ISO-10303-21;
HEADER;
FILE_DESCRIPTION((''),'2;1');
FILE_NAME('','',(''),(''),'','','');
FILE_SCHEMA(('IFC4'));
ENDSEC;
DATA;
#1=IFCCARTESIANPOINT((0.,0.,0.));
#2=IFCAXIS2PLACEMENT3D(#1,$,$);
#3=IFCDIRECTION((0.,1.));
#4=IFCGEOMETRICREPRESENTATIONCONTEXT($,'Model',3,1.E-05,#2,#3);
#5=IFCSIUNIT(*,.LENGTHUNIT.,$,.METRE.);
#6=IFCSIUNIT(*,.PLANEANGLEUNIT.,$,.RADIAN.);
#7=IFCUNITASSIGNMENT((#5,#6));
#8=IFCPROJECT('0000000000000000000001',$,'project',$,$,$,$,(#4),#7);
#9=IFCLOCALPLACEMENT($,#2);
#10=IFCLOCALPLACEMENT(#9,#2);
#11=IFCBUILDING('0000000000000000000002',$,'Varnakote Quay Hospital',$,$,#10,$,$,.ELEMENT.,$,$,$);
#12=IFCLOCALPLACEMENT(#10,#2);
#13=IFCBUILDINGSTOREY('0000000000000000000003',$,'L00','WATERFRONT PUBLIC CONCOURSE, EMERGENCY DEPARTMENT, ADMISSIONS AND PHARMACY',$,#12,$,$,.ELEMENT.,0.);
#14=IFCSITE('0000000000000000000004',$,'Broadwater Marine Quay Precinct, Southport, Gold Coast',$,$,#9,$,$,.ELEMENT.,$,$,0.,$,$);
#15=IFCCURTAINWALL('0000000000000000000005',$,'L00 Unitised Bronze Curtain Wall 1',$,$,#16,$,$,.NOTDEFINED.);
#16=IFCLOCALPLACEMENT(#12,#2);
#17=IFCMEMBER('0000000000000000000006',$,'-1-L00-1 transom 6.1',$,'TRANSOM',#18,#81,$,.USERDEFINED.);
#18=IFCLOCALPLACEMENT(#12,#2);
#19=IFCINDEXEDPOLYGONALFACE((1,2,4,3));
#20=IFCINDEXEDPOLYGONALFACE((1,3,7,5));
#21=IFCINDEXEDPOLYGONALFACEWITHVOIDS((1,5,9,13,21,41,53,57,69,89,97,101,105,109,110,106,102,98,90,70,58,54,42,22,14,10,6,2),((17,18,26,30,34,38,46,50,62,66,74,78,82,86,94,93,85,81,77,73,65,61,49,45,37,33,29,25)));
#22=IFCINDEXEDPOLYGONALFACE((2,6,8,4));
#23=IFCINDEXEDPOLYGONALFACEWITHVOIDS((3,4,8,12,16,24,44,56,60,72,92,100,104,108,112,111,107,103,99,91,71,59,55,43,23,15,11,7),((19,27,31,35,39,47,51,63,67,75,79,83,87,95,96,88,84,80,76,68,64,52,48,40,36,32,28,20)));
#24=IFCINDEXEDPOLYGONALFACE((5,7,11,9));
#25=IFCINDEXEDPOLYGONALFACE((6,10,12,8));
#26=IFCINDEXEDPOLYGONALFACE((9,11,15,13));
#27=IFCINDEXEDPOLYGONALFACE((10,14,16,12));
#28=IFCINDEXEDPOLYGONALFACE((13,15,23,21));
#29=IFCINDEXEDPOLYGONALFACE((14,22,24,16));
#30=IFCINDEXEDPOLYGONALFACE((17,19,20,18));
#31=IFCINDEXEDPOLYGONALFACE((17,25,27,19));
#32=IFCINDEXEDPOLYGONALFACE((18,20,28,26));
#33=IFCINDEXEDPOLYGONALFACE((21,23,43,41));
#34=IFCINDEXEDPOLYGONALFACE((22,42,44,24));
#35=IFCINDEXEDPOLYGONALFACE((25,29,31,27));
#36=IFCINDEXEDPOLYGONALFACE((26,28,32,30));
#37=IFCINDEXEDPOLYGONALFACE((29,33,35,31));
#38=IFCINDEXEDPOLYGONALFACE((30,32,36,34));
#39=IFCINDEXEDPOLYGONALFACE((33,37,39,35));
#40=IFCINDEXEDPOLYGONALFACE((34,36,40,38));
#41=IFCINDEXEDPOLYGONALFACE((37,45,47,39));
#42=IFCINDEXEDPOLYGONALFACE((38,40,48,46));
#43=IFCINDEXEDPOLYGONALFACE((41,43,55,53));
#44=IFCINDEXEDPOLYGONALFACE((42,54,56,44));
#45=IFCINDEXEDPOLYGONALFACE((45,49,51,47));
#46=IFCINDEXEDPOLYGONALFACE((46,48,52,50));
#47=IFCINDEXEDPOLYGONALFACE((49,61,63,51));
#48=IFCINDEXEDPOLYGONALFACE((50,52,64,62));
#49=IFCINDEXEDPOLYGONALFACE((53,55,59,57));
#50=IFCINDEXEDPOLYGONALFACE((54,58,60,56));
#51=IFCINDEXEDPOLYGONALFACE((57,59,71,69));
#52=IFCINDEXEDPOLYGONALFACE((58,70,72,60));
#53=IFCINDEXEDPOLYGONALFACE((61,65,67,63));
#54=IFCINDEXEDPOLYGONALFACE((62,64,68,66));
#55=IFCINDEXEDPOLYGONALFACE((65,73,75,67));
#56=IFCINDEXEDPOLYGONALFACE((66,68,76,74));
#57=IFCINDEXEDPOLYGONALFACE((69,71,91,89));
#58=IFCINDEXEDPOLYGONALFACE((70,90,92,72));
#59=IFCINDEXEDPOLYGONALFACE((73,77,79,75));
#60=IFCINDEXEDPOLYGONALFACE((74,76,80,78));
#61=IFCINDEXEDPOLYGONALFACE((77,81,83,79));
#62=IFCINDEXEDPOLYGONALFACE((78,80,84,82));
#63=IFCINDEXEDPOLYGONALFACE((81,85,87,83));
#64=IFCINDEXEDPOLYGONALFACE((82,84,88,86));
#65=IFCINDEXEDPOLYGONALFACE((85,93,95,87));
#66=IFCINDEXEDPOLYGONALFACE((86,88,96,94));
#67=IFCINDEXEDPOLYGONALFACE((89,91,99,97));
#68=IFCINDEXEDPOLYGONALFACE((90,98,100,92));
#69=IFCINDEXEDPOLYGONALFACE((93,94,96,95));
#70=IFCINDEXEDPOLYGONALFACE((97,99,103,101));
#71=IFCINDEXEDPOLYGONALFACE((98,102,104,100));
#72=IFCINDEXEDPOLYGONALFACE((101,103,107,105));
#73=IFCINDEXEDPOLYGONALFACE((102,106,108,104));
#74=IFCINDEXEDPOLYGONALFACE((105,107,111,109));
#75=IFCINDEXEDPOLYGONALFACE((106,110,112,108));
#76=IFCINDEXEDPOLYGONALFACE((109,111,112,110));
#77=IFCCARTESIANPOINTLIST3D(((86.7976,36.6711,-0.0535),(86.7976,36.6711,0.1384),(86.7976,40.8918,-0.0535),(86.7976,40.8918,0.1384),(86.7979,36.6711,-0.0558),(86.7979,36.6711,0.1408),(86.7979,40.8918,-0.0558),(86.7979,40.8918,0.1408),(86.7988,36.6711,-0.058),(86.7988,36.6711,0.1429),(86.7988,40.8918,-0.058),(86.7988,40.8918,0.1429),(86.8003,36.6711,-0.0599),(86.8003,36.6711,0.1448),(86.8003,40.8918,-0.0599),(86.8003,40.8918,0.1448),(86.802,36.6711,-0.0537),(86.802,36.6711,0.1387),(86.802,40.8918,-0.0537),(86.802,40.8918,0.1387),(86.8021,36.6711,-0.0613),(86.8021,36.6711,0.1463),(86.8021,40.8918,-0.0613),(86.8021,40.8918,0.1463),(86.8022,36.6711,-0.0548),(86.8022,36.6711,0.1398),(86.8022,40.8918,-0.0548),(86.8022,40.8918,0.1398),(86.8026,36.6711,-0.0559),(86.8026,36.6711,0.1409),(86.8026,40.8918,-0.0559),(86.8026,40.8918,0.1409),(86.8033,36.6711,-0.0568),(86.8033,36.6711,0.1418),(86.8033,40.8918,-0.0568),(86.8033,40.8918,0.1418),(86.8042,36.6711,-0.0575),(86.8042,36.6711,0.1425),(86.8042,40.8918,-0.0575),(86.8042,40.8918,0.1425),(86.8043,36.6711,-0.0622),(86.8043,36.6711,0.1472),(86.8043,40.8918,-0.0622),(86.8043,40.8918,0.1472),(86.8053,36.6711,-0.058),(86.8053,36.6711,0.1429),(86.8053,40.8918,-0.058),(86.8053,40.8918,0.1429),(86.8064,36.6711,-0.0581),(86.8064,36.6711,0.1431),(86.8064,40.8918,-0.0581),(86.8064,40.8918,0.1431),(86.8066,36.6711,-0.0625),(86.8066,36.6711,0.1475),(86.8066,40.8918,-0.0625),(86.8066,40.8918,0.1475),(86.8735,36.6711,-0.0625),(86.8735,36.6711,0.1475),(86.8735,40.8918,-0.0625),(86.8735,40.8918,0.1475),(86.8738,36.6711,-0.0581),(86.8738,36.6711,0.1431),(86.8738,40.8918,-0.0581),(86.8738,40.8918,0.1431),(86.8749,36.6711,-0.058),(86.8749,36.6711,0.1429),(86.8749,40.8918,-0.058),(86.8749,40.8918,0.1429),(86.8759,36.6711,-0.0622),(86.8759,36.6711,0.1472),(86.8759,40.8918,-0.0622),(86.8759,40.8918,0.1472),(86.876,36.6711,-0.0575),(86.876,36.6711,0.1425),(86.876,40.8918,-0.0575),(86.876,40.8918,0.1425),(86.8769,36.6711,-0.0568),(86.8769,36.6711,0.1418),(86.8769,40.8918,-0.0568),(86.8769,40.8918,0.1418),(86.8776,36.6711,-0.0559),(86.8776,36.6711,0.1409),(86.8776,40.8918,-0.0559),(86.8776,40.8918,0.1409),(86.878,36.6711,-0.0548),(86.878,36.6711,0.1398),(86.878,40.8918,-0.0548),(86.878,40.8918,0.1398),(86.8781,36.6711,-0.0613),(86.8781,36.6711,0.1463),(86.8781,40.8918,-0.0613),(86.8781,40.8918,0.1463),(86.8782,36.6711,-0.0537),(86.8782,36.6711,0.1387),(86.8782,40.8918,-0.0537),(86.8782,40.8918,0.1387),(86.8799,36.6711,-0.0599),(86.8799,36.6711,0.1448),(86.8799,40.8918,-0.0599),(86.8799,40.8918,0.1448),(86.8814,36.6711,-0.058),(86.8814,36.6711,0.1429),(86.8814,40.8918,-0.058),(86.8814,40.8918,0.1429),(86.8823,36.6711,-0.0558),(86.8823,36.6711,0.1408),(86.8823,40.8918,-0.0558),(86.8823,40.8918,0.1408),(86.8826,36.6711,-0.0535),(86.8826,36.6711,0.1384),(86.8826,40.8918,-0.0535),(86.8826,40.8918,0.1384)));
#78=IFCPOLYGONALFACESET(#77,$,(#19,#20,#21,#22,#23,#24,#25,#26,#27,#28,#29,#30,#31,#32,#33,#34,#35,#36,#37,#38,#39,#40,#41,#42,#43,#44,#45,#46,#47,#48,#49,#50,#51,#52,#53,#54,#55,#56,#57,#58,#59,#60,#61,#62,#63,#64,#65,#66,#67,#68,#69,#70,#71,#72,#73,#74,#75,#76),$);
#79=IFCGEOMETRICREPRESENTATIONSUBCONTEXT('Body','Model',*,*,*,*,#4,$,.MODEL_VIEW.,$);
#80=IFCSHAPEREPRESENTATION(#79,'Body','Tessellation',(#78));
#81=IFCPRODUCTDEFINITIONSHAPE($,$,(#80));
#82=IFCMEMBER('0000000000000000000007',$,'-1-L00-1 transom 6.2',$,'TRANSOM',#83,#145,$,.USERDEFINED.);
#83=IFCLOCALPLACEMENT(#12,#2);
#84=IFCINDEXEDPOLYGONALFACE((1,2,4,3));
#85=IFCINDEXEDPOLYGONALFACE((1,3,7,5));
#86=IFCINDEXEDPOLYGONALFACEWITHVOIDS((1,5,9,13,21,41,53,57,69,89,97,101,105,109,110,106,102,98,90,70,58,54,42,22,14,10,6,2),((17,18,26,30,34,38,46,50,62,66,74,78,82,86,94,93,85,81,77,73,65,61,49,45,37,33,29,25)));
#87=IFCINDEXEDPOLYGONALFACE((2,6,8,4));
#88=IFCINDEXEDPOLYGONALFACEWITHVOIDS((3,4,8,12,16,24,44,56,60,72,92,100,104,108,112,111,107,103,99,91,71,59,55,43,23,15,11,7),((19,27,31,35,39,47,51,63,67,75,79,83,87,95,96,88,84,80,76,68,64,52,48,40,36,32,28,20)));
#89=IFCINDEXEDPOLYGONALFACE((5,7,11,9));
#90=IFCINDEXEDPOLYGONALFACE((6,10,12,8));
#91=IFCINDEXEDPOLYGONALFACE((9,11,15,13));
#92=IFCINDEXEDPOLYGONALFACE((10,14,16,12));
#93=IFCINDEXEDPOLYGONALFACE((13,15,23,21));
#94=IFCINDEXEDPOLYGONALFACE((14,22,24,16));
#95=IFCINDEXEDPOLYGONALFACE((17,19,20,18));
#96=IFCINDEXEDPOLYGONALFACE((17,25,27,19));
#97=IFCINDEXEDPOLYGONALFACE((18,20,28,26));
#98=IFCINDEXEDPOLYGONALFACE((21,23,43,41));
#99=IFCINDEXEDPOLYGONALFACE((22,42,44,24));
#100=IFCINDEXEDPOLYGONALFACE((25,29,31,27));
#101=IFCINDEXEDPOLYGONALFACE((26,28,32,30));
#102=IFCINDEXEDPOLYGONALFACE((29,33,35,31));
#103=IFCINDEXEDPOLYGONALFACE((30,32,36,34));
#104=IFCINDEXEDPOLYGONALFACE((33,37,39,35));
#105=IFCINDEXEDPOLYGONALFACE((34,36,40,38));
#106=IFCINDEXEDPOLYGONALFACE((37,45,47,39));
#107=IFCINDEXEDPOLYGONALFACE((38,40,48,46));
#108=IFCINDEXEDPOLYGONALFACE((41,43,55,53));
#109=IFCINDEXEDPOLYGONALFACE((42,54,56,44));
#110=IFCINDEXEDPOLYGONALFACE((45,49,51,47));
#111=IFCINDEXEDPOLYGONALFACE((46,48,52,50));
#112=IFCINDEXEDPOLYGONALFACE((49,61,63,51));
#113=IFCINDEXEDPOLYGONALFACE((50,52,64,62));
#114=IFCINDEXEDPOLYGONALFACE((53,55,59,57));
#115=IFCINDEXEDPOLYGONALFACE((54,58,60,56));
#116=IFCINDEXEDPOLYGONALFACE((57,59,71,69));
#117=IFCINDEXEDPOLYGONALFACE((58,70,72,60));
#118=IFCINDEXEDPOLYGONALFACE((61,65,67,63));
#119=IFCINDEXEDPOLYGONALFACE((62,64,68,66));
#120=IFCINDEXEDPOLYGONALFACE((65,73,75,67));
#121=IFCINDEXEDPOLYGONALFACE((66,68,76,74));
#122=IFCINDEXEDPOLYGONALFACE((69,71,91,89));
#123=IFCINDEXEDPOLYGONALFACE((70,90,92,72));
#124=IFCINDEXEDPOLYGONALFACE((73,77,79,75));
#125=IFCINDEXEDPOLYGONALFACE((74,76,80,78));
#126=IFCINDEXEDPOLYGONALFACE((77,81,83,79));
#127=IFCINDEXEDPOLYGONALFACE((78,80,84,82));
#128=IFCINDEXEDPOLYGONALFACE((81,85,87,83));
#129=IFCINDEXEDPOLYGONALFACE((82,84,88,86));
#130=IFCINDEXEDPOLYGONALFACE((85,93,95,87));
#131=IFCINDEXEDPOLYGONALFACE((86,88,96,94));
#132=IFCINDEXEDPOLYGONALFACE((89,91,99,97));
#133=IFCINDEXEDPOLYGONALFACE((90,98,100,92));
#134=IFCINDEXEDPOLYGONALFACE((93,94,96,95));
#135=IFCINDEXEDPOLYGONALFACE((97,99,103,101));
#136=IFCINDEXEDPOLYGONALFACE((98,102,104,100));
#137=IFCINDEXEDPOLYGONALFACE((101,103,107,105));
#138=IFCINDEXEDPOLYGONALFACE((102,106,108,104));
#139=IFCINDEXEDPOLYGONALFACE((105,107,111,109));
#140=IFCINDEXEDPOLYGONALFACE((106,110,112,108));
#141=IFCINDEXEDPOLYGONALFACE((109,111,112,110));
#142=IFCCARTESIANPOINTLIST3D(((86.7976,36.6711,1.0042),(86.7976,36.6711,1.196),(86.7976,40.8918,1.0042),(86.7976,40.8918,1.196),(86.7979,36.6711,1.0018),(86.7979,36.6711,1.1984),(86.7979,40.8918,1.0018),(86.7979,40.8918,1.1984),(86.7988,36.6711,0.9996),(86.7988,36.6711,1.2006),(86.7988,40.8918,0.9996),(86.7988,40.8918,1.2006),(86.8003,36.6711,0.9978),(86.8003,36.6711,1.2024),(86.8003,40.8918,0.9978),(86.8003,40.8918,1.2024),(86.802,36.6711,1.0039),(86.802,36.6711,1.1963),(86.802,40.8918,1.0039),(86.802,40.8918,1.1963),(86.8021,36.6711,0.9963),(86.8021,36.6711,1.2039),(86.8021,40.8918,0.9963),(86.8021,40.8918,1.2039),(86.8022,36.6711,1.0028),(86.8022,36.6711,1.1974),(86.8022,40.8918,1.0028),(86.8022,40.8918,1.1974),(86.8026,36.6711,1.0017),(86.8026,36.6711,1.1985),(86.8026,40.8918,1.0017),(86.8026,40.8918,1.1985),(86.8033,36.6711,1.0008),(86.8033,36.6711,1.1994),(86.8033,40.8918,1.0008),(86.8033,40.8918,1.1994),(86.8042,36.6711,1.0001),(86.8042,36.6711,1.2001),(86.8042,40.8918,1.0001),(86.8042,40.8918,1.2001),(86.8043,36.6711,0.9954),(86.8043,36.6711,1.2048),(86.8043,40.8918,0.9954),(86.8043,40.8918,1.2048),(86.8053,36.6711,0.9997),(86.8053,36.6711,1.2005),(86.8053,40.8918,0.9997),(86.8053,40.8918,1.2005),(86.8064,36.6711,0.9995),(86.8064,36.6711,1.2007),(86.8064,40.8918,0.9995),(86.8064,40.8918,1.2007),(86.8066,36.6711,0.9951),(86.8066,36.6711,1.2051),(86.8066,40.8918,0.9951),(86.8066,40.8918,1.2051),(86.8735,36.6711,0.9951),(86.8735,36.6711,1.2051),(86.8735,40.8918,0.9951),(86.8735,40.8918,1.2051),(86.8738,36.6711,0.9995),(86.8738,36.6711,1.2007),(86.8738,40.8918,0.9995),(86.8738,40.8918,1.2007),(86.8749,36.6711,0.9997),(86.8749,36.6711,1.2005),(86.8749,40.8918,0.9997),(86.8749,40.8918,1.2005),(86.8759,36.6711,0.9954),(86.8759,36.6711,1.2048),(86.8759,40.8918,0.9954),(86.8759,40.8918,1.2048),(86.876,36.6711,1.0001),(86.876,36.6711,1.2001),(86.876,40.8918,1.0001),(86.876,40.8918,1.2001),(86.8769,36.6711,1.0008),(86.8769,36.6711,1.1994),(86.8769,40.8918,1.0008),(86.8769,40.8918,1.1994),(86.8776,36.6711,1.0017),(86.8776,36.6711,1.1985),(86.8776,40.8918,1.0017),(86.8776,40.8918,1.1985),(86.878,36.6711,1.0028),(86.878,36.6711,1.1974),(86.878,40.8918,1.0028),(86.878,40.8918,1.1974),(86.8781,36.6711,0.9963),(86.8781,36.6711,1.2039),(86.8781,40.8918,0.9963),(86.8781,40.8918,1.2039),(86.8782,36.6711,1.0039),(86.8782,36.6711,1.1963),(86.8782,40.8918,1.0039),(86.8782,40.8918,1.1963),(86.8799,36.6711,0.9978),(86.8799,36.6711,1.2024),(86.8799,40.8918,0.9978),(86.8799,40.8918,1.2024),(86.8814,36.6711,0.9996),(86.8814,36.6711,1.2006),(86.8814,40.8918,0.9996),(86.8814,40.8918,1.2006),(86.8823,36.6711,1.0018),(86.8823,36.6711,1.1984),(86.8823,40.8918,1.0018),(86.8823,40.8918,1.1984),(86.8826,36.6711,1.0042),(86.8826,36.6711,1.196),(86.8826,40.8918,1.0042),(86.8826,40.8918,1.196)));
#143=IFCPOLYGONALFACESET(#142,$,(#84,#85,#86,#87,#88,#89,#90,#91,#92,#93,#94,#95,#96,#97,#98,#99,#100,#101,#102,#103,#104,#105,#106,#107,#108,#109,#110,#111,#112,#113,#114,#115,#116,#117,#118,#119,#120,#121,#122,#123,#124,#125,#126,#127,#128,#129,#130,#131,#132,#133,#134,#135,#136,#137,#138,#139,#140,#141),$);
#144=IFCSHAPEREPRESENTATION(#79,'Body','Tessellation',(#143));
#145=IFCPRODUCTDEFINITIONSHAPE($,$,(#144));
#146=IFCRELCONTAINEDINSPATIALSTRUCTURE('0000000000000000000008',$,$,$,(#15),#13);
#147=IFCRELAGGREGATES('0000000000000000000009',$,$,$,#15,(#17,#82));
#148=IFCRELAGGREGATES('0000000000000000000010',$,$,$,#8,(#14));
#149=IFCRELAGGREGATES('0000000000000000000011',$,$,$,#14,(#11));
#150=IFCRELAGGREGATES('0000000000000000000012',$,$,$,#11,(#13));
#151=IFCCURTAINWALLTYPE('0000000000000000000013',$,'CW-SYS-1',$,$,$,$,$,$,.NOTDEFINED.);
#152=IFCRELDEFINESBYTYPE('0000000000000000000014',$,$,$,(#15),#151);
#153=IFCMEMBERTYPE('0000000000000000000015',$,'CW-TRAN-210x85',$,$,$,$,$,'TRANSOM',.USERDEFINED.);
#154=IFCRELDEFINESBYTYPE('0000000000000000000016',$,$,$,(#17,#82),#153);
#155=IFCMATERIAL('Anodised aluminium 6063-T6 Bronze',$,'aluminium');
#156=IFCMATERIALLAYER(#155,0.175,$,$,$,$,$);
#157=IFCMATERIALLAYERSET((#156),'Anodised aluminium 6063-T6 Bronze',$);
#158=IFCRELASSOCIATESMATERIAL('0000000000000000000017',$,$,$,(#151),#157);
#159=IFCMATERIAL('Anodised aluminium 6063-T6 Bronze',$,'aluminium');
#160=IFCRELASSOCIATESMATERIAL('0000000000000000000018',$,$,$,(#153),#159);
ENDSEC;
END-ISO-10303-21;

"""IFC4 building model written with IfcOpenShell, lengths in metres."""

from ifc_helpers import new_model, si_unit, direction, frame, origin, origin_2d, place, context, subcontext, project, spatial, hollow_rectangle, extrude, material, layer, layer_set, material_profile, profile_set, type_object, element, aggregate, save


model = new_model("IFC4")

# Units and contexts
model_context = context("Model", 3, precision=1e-05, world=origin(), true_north=direction((0.0, 1.0)))
body_context = subcontext(model_context, "Body", "Model", "MODEL_VIEW")
ifc_project = project(units=[si_unit("LENGTHUNIT", "METRE"), si_unit("PLANEANGLEUNIT", "RADIAN")], contexts=[model_context])

# Site, building, storey
site_placement = place(None, origin())
site = spatial("IfcSite", under=ifc_project, at=site_placement, Name="Broadwater Marine Quay Precinct, Southport, Gold Coast", CompositionType="ELEMENT", RefElevation=0.0)
building_placement = place(site_placement, origin())
building = spatial("IfcBuilding", under=site, at=building_placement, Name="Varnakote Quay Hospital", CompositionType="ELEMENT")
storey_placement = place(building_placement, origin())
storey = spatial("IfcBuildingStorey", under=building, at=storey_placement, Name="L00", Description="WATERFRONT PUBLIC CONCOURSE, EMERGENCY DEPARTMENT, ADMISSIONS AND PHARMACY", CompositionType="ELEMENT", Elevation=0.0)

# Curtain wall, members
ifc_material_1 = material(Name="Anodised aluminium 6063-T6 Bronze", Category="aluminium")
ifc_layer_1 = layer(ifc_material_1, 0.175)
ifc_layer_set_1 = layer_set([ifc_layer_1], Name="Anodised aluminium 6063-T6 Bronze")
curtain_wall_type = type_object("IfcCurtainWallType", Name="CW-SYS-1", PredefinedType="NOTDEFINED", material=ifc_layer_set_1)
curtain_wall_placement = place(storey_placement, origin())
curtain_wall = element("IfcCurtainWall", 1, at=curtain_wall_placement, inside=storey, type_object=curtain_wall_type, Name="L00 Unitised Bronze Curtain Wall 1", PredefinedType="NOTDEFINED")
ifc_material_2 = material(Name="Anodised aluminium 6063-T6 Bronze", Category="aluminium")
ifc_material_profile_1 = material_profile(ifc_material_2, hollow_rectangle(XDim=0.085, YDim=0.21, WallThickness=0.0044, InnerFilletRadius=0.0044, OuterFilletRadius=0.009, at=origin_2d()), Name="CW-TRAN-210x85")
ifc_profile_set_1 = profile_set([ifc_material_profile_1], Name="Anodised aluminium 6063-T6 Bronze")
member_type_1 = type_object("IfcMemberType", Name="CW-TRAN-210x85", ElementType="TRANSOM", PredefinedType="USERDEFINED", material=ifc_profile_set_1)
member_1_placement = place(storey_placement, frame((86.8401, 36.6711, 0.0425), z_axis=(0.0, 1.0, 0.0), x_axis=(-1.0, 0.0, 0.0)))
member_1 = element("IfcMember", 2, at=member_1_placement, type_object=member_type_1, Name="-1-L00-1 transom 6.1", ObjectType="TRANSOM", PredefinedType="USERDEFINED", context=body_context, shape_type="SweptSolid", body=[
    extrude(hollow_rectangle(XDim=0.085, YDim=0.21, WallThickness=0.0044, InnerFilletRadius=0.0044, OuterFilletRadius=0.009, at=origin_2d()), origin(), (0.0, 0.0, 1.0), 4.2207),
])
member_2_placement = place(storey_placement, frame((86.8401, 36.6711, 1.1001), z_axis=(0.0, 1.0, 0.0), x_axis=(-1.0, 0.0, 0.0)))
member_2 = element("IfcMember", 3, at=member_2_placement, type_object=member_type_1, Name="-1-L00-1 transom 6.2", ObjectType="TRANSOM", PredefinedType="USERDEFINED", context=body_context, shape_type="SweptSolid", body=[
    extrude(hollow_rectangle(XDim=0.085, YDim=0.21, WallThickness=0.0044, InnerFilletRadius=0.0044, OuterFilletRadius=0.009, at=origin_2d()), origin(), (0.0, 0.0, 1.0), 4.2207),
])

aggregate(curtain_wall, [member_1, member_2])

save(model, "model.ifc")
